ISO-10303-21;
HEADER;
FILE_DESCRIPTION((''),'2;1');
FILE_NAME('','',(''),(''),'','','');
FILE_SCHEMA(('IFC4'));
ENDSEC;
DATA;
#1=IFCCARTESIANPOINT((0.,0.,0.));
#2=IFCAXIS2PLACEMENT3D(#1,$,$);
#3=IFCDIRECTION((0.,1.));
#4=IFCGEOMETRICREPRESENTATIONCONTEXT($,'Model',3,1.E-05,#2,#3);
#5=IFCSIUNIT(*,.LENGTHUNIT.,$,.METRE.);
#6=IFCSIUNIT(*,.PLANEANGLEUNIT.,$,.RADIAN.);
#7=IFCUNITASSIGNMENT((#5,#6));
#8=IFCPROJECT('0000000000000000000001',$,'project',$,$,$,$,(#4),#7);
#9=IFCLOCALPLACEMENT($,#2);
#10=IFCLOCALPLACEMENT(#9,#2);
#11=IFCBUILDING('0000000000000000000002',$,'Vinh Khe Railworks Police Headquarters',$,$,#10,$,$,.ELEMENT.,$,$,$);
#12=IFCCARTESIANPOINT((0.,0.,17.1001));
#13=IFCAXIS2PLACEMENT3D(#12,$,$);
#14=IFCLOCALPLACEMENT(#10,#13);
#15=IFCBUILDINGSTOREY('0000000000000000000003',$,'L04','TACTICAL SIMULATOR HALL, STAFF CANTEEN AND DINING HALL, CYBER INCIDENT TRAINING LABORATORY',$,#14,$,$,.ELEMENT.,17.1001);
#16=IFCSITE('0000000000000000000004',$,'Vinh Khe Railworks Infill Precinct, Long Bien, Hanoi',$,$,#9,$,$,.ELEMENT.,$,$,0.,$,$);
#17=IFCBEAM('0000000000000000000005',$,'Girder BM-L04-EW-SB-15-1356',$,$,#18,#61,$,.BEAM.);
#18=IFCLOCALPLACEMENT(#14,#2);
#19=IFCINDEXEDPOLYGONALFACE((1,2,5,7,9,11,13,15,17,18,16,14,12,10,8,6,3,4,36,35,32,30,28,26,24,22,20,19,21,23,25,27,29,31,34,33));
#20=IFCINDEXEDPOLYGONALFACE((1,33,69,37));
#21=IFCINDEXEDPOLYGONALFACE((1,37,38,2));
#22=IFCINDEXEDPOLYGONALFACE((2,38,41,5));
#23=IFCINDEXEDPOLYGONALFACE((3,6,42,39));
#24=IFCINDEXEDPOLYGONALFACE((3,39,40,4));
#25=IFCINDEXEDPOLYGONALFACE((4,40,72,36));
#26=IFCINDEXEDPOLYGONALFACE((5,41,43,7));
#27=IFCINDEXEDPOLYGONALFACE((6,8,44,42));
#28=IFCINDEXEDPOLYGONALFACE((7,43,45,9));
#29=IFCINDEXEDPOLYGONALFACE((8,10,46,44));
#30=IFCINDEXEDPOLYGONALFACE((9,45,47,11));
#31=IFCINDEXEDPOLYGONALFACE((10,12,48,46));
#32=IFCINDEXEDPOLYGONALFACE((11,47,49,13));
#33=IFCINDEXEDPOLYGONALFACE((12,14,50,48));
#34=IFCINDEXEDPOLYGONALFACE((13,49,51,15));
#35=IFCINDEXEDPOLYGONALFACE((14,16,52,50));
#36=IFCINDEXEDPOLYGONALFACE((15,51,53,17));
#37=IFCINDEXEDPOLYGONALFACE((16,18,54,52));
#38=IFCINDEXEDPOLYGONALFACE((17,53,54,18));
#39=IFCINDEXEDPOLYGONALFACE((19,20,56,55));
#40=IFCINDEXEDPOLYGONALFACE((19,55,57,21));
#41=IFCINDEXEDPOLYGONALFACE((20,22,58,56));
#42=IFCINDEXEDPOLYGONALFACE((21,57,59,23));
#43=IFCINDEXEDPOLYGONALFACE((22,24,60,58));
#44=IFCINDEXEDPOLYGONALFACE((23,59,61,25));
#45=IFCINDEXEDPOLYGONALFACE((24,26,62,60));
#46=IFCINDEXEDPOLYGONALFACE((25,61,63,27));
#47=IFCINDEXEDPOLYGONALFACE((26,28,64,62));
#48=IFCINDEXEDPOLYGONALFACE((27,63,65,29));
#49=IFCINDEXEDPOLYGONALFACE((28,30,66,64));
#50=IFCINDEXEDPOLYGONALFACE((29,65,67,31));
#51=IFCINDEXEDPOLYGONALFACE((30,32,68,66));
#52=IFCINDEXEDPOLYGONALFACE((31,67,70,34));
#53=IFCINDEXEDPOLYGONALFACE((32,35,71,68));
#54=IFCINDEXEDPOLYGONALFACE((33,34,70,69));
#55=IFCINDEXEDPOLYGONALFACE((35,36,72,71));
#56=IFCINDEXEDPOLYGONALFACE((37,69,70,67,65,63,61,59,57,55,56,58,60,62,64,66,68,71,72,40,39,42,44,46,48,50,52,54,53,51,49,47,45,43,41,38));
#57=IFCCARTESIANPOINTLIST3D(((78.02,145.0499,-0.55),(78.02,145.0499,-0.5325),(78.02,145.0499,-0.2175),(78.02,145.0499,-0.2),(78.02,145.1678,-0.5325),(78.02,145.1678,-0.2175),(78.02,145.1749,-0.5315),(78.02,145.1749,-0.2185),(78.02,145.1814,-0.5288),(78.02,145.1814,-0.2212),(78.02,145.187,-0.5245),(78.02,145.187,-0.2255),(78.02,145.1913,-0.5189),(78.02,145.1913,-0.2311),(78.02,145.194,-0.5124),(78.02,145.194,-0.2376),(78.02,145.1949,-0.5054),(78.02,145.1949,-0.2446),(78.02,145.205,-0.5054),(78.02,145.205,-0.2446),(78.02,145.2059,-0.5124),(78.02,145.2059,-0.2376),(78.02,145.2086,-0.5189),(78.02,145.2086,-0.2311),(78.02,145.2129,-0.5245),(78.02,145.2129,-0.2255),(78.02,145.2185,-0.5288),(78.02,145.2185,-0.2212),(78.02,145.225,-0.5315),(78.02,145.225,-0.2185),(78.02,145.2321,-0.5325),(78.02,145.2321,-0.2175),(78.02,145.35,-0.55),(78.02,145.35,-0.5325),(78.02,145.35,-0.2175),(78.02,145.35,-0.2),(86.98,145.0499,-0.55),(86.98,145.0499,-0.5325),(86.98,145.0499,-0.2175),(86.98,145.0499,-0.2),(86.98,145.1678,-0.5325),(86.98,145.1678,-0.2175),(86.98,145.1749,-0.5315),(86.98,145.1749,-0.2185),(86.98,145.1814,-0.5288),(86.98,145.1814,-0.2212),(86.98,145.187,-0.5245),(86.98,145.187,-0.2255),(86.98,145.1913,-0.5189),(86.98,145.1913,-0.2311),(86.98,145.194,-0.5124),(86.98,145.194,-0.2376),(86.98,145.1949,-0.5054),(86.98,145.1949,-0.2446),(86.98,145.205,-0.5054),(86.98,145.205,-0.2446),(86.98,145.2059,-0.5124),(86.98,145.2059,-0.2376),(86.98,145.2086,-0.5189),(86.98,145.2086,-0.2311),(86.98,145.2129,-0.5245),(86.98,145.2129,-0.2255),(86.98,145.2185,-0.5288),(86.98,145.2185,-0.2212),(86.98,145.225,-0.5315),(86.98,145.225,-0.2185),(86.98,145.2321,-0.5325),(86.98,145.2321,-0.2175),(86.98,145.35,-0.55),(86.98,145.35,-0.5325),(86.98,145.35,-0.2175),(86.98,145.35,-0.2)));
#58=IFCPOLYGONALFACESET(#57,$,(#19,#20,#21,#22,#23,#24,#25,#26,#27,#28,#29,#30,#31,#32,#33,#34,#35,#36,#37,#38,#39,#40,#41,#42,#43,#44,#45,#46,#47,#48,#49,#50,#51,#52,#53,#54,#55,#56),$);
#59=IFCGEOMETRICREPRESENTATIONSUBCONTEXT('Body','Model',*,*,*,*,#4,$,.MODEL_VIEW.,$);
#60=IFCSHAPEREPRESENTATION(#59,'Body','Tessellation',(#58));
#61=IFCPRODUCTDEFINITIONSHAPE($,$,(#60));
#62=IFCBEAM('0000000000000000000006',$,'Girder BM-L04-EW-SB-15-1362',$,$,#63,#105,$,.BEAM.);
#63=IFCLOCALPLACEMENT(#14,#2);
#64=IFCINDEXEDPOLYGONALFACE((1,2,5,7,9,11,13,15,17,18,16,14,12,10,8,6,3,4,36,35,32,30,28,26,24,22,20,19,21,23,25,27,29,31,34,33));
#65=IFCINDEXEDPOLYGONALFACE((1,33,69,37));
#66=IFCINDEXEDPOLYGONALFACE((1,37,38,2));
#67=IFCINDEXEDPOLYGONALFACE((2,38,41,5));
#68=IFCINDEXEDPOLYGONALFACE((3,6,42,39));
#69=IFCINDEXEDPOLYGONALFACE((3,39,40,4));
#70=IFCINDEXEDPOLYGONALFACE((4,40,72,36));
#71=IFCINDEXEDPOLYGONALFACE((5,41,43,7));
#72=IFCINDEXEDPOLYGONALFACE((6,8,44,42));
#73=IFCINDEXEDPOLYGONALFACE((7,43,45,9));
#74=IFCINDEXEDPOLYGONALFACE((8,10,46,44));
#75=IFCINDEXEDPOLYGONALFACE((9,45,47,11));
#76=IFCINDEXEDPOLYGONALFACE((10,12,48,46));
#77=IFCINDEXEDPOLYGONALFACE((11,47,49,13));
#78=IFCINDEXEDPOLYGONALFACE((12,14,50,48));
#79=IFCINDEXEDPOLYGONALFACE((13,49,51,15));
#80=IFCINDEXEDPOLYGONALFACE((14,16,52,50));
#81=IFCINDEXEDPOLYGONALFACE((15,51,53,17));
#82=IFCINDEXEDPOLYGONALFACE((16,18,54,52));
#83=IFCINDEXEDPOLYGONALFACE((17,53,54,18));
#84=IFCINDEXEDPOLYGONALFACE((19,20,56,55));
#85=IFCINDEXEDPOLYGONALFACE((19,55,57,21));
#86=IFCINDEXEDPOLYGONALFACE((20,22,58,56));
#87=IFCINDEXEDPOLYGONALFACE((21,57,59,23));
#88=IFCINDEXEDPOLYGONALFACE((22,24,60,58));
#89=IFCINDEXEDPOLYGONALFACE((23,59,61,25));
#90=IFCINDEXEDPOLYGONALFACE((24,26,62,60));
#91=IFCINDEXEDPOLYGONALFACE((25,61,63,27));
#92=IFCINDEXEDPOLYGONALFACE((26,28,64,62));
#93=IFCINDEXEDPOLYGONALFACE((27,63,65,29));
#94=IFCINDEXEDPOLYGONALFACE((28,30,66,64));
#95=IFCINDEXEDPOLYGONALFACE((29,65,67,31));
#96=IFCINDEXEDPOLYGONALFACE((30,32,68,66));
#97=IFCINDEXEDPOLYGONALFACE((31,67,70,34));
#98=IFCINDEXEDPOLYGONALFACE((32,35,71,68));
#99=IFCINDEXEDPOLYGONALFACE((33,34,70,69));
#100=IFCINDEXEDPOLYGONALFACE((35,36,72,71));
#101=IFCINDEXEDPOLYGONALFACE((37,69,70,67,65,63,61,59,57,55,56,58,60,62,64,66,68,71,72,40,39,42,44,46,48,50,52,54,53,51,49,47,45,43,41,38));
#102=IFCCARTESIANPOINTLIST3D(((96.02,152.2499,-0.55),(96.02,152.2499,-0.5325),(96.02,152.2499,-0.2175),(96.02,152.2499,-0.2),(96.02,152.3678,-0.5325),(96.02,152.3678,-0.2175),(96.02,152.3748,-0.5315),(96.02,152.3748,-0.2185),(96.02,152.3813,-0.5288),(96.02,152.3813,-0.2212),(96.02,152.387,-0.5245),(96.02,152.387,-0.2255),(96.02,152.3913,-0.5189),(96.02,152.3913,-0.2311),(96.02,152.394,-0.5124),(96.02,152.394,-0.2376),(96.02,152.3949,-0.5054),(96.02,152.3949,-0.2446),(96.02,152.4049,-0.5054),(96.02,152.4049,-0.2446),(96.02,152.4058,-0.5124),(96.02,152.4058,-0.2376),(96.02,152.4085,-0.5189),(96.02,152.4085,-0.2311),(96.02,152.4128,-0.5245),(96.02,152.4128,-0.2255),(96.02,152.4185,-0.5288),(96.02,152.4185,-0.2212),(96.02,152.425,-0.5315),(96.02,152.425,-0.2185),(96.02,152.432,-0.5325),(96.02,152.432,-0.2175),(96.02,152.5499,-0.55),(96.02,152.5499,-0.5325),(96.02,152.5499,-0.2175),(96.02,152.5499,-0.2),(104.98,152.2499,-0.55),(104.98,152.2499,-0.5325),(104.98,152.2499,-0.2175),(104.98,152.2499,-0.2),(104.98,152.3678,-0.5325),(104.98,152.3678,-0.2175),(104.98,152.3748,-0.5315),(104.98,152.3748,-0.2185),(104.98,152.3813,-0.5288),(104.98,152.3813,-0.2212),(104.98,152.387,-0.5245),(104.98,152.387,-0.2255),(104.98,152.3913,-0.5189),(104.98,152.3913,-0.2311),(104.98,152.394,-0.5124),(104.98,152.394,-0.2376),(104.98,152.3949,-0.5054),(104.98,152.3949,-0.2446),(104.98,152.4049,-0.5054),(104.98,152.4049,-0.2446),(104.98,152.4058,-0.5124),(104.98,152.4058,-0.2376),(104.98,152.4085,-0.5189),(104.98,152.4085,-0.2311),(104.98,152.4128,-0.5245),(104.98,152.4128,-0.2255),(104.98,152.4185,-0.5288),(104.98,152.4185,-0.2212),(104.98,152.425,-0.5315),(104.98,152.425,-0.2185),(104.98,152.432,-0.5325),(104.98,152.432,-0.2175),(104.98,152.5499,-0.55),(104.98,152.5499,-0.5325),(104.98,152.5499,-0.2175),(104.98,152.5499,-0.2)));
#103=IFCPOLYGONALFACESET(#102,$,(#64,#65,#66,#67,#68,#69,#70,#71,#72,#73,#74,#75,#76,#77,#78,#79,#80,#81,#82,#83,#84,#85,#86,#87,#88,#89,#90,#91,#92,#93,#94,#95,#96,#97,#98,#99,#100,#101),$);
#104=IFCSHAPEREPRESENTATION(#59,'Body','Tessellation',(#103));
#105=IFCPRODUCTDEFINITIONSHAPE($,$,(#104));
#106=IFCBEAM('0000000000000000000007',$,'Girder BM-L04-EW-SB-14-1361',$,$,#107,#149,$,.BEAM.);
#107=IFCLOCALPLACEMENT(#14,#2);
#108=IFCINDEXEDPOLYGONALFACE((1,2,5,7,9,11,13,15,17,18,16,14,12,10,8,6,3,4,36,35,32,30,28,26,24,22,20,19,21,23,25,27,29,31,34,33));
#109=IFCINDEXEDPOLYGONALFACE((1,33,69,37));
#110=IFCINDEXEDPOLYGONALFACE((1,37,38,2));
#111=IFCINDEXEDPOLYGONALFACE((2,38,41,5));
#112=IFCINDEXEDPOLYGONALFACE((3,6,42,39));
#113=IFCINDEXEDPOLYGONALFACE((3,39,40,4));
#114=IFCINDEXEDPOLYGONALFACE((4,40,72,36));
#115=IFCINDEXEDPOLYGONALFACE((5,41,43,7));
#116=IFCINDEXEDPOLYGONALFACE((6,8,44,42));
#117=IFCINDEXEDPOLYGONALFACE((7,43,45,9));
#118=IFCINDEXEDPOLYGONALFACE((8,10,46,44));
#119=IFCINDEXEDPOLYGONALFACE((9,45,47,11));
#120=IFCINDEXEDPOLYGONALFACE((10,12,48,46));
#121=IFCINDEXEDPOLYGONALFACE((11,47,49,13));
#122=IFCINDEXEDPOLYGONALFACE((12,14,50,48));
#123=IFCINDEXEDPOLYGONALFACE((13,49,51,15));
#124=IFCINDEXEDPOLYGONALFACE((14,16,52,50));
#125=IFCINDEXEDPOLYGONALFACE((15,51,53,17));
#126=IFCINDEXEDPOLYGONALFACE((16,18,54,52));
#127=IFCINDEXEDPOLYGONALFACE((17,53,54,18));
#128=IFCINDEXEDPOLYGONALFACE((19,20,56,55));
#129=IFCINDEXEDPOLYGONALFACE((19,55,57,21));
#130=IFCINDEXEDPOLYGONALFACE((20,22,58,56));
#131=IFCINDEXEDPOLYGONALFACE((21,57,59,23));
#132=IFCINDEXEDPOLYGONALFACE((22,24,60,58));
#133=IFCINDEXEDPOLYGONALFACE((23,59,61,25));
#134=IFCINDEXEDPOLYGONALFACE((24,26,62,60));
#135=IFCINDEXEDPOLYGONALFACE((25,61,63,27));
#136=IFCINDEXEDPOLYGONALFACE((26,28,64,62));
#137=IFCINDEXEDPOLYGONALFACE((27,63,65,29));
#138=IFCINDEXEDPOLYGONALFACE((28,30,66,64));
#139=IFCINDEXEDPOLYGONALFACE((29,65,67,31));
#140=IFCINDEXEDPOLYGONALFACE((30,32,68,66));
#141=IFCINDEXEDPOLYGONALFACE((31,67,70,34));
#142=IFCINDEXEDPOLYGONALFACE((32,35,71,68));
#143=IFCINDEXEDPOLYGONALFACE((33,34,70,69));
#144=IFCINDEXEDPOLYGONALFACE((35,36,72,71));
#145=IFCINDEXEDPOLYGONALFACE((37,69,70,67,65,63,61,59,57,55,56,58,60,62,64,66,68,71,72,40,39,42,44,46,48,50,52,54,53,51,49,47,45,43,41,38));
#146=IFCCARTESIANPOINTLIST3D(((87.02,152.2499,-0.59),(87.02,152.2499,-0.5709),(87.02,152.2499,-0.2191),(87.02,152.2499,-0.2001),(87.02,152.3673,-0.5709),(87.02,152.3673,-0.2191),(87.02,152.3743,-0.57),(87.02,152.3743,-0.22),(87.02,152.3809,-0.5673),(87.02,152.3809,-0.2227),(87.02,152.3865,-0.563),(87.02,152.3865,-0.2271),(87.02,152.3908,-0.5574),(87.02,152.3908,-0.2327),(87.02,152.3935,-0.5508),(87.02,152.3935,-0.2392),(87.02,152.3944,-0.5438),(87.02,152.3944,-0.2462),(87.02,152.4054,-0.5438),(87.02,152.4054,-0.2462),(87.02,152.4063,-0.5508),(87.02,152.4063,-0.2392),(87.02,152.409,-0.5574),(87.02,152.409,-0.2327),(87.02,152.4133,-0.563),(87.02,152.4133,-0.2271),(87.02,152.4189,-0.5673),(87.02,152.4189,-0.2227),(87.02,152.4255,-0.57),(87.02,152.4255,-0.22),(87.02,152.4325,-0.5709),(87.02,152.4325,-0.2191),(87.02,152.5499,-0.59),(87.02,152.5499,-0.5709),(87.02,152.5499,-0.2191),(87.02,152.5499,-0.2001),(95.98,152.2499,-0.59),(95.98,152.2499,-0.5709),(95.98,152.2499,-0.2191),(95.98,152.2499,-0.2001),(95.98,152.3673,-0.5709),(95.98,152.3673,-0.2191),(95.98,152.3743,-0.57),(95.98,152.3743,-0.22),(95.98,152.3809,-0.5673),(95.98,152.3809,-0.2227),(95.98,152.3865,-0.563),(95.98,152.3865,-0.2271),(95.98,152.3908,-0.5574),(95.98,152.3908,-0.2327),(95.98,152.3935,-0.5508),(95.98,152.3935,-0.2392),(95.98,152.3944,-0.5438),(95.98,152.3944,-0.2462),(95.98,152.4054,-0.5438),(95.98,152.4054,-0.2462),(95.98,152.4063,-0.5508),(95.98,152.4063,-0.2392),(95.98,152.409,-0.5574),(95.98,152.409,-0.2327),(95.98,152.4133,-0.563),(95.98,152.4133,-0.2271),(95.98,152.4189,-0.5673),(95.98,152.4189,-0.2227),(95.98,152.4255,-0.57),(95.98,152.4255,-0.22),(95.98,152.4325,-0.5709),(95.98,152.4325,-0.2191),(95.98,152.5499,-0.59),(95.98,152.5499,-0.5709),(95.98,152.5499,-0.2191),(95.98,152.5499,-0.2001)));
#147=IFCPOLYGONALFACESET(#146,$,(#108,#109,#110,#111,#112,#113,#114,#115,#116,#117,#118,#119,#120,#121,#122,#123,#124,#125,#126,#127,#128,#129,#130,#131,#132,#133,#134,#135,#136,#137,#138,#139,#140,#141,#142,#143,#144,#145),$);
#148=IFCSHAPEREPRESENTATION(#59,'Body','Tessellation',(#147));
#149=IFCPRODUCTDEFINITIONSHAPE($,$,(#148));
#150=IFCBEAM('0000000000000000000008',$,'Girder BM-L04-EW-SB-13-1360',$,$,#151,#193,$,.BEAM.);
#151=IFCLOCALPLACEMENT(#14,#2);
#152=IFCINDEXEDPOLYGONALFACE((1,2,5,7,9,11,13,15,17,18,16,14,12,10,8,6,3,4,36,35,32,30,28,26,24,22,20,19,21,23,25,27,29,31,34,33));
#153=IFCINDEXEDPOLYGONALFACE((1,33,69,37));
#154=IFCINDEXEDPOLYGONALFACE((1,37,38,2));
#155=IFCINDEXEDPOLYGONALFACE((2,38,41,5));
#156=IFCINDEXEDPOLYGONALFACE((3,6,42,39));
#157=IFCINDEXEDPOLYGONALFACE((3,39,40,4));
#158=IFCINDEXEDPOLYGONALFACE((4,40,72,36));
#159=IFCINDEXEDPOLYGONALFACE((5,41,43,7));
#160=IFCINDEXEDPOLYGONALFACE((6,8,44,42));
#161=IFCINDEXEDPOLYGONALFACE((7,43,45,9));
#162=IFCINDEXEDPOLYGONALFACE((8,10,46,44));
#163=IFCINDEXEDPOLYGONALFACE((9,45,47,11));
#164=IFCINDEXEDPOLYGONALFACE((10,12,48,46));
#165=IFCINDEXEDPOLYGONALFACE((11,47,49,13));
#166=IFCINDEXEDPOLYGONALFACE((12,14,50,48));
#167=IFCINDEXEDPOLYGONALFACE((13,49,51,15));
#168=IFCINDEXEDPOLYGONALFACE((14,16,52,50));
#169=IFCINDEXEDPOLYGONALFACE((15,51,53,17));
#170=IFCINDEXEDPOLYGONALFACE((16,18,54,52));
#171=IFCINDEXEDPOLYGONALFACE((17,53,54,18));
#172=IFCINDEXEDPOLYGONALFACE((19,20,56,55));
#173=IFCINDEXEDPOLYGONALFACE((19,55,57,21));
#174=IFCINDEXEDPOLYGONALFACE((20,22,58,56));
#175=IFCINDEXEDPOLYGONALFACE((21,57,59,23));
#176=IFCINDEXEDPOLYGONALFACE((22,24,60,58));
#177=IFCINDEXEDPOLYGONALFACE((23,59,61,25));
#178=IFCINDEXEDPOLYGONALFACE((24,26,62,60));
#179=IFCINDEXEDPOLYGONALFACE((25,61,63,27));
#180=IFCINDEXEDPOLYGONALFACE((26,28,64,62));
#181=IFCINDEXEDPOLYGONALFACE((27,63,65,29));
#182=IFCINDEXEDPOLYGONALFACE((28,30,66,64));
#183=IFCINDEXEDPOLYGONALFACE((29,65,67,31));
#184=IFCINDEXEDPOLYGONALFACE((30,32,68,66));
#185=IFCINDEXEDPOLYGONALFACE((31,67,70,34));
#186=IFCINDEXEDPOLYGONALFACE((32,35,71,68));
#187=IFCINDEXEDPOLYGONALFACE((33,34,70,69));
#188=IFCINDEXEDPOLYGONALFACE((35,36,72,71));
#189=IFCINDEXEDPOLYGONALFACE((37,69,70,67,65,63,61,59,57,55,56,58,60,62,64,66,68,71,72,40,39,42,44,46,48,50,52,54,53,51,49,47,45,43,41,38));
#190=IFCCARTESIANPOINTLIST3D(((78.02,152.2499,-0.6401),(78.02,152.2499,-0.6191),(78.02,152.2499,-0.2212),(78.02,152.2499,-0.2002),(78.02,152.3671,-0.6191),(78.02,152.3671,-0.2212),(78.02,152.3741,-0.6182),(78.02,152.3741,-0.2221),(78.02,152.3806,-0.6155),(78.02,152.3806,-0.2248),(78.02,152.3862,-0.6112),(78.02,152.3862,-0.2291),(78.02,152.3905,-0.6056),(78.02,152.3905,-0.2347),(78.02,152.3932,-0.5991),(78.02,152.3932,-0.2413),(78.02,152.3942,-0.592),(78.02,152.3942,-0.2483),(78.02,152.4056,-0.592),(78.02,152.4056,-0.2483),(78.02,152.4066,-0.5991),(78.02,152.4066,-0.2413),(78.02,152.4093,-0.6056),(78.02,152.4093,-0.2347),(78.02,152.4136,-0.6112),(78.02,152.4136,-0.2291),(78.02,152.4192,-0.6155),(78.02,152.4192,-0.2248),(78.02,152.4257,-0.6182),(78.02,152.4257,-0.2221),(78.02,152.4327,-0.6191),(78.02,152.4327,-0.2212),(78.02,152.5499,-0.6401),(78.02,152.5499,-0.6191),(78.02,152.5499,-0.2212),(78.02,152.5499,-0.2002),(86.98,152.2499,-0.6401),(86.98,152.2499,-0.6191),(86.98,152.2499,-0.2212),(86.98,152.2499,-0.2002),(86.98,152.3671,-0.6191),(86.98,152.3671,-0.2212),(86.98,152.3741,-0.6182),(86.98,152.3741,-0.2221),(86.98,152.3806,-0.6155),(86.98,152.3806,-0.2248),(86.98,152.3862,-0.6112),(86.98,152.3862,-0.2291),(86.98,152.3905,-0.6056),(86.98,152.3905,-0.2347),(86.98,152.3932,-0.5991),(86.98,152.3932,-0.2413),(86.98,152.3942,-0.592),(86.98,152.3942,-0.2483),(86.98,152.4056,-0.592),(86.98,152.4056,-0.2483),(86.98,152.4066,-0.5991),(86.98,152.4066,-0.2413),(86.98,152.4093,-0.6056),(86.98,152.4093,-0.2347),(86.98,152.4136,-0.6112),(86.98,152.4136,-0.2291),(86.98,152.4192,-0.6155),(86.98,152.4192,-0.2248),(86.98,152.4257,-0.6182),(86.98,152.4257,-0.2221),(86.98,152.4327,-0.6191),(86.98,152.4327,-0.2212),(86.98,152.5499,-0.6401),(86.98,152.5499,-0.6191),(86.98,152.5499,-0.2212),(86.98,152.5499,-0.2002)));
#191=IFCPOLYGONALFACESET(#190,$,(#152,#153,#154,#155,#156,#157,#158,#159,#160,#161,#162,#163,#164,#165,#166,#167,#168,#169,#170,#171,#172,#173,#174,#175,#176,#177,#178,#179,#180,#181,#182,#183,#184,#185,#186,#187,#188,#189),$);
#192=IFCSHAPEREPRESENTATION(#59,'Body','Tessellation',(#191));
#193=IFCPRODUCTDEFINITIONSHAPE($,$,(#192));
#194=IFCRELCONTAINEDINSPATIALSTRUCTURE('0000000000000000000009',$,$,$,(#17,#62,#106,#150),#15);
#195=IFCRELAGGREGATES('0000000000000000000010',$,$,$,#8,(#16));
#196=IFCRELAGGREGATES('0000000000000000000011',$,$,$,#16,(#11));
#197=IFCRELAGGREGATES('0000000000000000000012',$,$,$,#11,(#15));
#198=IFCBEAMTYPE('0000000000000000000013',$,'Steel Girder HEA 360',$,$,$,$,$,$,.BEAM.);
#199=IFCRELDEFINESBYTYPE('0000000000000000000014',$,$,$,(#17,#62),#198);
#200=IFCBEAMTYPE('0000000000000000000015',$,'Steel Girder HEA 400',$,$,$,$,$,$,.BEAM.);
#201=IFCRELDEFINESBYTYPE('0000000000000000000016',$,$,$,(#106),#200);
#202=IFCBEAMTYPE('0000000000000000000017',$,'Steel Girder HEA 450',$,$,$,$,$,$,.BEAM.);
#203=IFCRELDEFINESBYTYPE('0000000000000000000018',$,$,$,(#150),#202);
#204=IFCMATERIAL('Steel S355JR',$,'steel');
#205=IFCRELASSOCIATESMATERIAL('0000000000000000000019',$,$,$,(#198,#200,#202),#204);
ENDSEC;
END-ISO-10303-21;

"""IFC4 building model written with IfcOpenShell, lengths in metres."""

from ifc_helpers import new_model, si_unit, direction, frame, origin, origin_2d, place, context, subcontext, project, spatial, i_section, extrude, material, material_profile, profile_set, type_object, element, save


model = new_model("IFC4")

# Units and contexts
model_context = context("Model", 3, precision=1e-05, world=origin(), true_north=direction((0.0, 1.0)))
body_context = subcontext(model_context, "Body", "Model", "MODEL_VIEW")
ifc_project = project(units=[si_unit("LENGTHUNIT", "METRE"), si_unit("PLANEANGLEUNIT", "RADIAN")], contexts=[model_context])

# Site, building, storey
site_placement = place(None, origin())
site = spatial("IfcSite", under=ifc_project, at=site_placement, Name="Vinh Khe Railworks Infill Precinct, Long Bien, Hanoi", CompositionType="ELEMENT", RefElevation=0.0)
building_placement = place(site_placement, origin())
building = spatial("IfcBuilding", under=site, at=building_placement, Name="Vinh Khe Railworks Police Headquarters", CompositionType="ELEMENT")
storey_placement = place(building_placement, frame((0.0, 0.0, 17.1001)))
storey = spatial("IfcBuildingStorey", under=building, at=storey_placement, Name="L04", Description="TACTICAL SIMULATOR HALL, STAFF CANTEEN AND DINING HALL, CYBER INCIDENT TRAINING LABORATORY", CompositionType="ELEMENT", Elevation=17.1001)

# Shared definitions
ifc_material_1 = material(Name="Steel S355JR", Category="steel")

# Beams
ifc_material_profile_1 = material_profile(ifc_material_1, i_section(OverallWidth=0.3, OverallDepth=0.3501, WebThickness=0.01, FlangeThickness=0.0176, FilletRadius=0.0271, at=origin_2d()), Name="HEA 360")
ifc_profile_set_1 = profile_set([ifc_material_profile_1], Name="Steel S355JR")
beam_type_1 = type_object("IfcBeamType", Name="Steel Girder HEA 360", PredefinedType="BEAM", material=ifc_profile_set_1)
for number, where, z_axis, x_axis, name in (
    (1, (78.02, 145.2, -0.375), (1.0, 0.0, 0.0), (0.0, 1.0, 0.0), "Girder BM-L04-EW-SB-15-1356"),
    (2, (96.02, 152.3999, -0.375), (1.0, 0.0, 0.0), (0.0, 1.0, 0.0), "Girder BM-L04-EW-SB-15-1362"),
):
    element("IfcBeam", number, at=place(storey_placement, frame(where, z_axis=z_axis, x_axis=x_axis)), inside=storey, type_object=beam_type_1, Name=name, PredefinedType="BEAM", context=body_context, shape_type="SweptSolid", body=[
        extrude(i_section(OverallWidth=0.3, OverallDepth=0.3501, WebThickness=0.01, FlangeThickness=0.0176, FilletRadius=0.0271, at=origin_2d()), origin(), (0.0, 0.0, 1.0), 8.96),
    ])
ifc_material_profile_2 = material_profile(ifc_material_1, i_section(OverallWidth=0.3, OverallDepth=0.3899, WebThickness=0.011, FlangeThickness=0.019, FilletRadius=0.0271, at=origin_2d()), Name="HEA 400")
ifc_profile_set_2 = profile_set([ifc_material_profile_2], Name="Steel S355JR")
beam_type_2 = type_object("IfcBeamType", Name="Steel Girder HEA 400", PredefinedType="BEAM", material=ifc_profile_set_2)
beam_1_placement = place(storey_placement, frame((87.02, 152.3999, -0.395), z_axis=(1.0, 0.0, 0.0), x_axis=(0.0, 1.0, 0.0)))
element("IfcBeam", 3, at=beam_1_placement, inside=storey, type_object=beam_type_2, Name="Girder BM-L04-EW-SB-14-1361", PredefinedType="BEAM", context=body_context, shape_type="SweptSolid", body=[
    extrude(i_section(OverallWidth=0.3, OverallDepth=0.3899, WebThickness=0.011, FlangeThickness=0.019, FilletRadius=0.0271, at=origin_2d()), origin(), (0.0, 0.0, 1.0), 8.96),
])
ifc_material_profile_3 = material_profile(ifc_material_1, i_section(OverallWidth=0.3, OverallDepth=0.4399, WebThickness=0.0115, FlangeThickness=0.021, FilletRadius=0.0271, at=origin_2d()), Name="HEA 450")
ifc_profile_set_3 = profile_set([ifc_material_profile_3], Name="Steel S355JR")
beam_type_3 = type_object("IfcBeamType", Name="Steel Girder HEA 450", PredefinedType="BEAM", material=ifc_profile_set_3)
beam_2_placement = place(storey_placement, frame((78.02, 152.3999, -0.4202), z_axis=(1.0, 0.0, 0.0), x_axis=(0.0, 1.0, 0.0)))
element("IfcBeam", 4, at=beam_2_placement, inside=storey, type_object=beam_type_3, Name="Girder BM-L04-EW-SB-13-1360", PredefinedType="BEAM", context=body_context, shape_type="SweptSolid", body=[
    extrude(i_section(OverallWidth=0.3, OverallDepth=0.4399, WebThickness=0.0115, FlangeThickness=0.021, FilletRadius=0.0271, at=origin_2d()), origin(), (0.0, 0.0, 1.0), 8.96),
])

save(model, "model.ifc")
